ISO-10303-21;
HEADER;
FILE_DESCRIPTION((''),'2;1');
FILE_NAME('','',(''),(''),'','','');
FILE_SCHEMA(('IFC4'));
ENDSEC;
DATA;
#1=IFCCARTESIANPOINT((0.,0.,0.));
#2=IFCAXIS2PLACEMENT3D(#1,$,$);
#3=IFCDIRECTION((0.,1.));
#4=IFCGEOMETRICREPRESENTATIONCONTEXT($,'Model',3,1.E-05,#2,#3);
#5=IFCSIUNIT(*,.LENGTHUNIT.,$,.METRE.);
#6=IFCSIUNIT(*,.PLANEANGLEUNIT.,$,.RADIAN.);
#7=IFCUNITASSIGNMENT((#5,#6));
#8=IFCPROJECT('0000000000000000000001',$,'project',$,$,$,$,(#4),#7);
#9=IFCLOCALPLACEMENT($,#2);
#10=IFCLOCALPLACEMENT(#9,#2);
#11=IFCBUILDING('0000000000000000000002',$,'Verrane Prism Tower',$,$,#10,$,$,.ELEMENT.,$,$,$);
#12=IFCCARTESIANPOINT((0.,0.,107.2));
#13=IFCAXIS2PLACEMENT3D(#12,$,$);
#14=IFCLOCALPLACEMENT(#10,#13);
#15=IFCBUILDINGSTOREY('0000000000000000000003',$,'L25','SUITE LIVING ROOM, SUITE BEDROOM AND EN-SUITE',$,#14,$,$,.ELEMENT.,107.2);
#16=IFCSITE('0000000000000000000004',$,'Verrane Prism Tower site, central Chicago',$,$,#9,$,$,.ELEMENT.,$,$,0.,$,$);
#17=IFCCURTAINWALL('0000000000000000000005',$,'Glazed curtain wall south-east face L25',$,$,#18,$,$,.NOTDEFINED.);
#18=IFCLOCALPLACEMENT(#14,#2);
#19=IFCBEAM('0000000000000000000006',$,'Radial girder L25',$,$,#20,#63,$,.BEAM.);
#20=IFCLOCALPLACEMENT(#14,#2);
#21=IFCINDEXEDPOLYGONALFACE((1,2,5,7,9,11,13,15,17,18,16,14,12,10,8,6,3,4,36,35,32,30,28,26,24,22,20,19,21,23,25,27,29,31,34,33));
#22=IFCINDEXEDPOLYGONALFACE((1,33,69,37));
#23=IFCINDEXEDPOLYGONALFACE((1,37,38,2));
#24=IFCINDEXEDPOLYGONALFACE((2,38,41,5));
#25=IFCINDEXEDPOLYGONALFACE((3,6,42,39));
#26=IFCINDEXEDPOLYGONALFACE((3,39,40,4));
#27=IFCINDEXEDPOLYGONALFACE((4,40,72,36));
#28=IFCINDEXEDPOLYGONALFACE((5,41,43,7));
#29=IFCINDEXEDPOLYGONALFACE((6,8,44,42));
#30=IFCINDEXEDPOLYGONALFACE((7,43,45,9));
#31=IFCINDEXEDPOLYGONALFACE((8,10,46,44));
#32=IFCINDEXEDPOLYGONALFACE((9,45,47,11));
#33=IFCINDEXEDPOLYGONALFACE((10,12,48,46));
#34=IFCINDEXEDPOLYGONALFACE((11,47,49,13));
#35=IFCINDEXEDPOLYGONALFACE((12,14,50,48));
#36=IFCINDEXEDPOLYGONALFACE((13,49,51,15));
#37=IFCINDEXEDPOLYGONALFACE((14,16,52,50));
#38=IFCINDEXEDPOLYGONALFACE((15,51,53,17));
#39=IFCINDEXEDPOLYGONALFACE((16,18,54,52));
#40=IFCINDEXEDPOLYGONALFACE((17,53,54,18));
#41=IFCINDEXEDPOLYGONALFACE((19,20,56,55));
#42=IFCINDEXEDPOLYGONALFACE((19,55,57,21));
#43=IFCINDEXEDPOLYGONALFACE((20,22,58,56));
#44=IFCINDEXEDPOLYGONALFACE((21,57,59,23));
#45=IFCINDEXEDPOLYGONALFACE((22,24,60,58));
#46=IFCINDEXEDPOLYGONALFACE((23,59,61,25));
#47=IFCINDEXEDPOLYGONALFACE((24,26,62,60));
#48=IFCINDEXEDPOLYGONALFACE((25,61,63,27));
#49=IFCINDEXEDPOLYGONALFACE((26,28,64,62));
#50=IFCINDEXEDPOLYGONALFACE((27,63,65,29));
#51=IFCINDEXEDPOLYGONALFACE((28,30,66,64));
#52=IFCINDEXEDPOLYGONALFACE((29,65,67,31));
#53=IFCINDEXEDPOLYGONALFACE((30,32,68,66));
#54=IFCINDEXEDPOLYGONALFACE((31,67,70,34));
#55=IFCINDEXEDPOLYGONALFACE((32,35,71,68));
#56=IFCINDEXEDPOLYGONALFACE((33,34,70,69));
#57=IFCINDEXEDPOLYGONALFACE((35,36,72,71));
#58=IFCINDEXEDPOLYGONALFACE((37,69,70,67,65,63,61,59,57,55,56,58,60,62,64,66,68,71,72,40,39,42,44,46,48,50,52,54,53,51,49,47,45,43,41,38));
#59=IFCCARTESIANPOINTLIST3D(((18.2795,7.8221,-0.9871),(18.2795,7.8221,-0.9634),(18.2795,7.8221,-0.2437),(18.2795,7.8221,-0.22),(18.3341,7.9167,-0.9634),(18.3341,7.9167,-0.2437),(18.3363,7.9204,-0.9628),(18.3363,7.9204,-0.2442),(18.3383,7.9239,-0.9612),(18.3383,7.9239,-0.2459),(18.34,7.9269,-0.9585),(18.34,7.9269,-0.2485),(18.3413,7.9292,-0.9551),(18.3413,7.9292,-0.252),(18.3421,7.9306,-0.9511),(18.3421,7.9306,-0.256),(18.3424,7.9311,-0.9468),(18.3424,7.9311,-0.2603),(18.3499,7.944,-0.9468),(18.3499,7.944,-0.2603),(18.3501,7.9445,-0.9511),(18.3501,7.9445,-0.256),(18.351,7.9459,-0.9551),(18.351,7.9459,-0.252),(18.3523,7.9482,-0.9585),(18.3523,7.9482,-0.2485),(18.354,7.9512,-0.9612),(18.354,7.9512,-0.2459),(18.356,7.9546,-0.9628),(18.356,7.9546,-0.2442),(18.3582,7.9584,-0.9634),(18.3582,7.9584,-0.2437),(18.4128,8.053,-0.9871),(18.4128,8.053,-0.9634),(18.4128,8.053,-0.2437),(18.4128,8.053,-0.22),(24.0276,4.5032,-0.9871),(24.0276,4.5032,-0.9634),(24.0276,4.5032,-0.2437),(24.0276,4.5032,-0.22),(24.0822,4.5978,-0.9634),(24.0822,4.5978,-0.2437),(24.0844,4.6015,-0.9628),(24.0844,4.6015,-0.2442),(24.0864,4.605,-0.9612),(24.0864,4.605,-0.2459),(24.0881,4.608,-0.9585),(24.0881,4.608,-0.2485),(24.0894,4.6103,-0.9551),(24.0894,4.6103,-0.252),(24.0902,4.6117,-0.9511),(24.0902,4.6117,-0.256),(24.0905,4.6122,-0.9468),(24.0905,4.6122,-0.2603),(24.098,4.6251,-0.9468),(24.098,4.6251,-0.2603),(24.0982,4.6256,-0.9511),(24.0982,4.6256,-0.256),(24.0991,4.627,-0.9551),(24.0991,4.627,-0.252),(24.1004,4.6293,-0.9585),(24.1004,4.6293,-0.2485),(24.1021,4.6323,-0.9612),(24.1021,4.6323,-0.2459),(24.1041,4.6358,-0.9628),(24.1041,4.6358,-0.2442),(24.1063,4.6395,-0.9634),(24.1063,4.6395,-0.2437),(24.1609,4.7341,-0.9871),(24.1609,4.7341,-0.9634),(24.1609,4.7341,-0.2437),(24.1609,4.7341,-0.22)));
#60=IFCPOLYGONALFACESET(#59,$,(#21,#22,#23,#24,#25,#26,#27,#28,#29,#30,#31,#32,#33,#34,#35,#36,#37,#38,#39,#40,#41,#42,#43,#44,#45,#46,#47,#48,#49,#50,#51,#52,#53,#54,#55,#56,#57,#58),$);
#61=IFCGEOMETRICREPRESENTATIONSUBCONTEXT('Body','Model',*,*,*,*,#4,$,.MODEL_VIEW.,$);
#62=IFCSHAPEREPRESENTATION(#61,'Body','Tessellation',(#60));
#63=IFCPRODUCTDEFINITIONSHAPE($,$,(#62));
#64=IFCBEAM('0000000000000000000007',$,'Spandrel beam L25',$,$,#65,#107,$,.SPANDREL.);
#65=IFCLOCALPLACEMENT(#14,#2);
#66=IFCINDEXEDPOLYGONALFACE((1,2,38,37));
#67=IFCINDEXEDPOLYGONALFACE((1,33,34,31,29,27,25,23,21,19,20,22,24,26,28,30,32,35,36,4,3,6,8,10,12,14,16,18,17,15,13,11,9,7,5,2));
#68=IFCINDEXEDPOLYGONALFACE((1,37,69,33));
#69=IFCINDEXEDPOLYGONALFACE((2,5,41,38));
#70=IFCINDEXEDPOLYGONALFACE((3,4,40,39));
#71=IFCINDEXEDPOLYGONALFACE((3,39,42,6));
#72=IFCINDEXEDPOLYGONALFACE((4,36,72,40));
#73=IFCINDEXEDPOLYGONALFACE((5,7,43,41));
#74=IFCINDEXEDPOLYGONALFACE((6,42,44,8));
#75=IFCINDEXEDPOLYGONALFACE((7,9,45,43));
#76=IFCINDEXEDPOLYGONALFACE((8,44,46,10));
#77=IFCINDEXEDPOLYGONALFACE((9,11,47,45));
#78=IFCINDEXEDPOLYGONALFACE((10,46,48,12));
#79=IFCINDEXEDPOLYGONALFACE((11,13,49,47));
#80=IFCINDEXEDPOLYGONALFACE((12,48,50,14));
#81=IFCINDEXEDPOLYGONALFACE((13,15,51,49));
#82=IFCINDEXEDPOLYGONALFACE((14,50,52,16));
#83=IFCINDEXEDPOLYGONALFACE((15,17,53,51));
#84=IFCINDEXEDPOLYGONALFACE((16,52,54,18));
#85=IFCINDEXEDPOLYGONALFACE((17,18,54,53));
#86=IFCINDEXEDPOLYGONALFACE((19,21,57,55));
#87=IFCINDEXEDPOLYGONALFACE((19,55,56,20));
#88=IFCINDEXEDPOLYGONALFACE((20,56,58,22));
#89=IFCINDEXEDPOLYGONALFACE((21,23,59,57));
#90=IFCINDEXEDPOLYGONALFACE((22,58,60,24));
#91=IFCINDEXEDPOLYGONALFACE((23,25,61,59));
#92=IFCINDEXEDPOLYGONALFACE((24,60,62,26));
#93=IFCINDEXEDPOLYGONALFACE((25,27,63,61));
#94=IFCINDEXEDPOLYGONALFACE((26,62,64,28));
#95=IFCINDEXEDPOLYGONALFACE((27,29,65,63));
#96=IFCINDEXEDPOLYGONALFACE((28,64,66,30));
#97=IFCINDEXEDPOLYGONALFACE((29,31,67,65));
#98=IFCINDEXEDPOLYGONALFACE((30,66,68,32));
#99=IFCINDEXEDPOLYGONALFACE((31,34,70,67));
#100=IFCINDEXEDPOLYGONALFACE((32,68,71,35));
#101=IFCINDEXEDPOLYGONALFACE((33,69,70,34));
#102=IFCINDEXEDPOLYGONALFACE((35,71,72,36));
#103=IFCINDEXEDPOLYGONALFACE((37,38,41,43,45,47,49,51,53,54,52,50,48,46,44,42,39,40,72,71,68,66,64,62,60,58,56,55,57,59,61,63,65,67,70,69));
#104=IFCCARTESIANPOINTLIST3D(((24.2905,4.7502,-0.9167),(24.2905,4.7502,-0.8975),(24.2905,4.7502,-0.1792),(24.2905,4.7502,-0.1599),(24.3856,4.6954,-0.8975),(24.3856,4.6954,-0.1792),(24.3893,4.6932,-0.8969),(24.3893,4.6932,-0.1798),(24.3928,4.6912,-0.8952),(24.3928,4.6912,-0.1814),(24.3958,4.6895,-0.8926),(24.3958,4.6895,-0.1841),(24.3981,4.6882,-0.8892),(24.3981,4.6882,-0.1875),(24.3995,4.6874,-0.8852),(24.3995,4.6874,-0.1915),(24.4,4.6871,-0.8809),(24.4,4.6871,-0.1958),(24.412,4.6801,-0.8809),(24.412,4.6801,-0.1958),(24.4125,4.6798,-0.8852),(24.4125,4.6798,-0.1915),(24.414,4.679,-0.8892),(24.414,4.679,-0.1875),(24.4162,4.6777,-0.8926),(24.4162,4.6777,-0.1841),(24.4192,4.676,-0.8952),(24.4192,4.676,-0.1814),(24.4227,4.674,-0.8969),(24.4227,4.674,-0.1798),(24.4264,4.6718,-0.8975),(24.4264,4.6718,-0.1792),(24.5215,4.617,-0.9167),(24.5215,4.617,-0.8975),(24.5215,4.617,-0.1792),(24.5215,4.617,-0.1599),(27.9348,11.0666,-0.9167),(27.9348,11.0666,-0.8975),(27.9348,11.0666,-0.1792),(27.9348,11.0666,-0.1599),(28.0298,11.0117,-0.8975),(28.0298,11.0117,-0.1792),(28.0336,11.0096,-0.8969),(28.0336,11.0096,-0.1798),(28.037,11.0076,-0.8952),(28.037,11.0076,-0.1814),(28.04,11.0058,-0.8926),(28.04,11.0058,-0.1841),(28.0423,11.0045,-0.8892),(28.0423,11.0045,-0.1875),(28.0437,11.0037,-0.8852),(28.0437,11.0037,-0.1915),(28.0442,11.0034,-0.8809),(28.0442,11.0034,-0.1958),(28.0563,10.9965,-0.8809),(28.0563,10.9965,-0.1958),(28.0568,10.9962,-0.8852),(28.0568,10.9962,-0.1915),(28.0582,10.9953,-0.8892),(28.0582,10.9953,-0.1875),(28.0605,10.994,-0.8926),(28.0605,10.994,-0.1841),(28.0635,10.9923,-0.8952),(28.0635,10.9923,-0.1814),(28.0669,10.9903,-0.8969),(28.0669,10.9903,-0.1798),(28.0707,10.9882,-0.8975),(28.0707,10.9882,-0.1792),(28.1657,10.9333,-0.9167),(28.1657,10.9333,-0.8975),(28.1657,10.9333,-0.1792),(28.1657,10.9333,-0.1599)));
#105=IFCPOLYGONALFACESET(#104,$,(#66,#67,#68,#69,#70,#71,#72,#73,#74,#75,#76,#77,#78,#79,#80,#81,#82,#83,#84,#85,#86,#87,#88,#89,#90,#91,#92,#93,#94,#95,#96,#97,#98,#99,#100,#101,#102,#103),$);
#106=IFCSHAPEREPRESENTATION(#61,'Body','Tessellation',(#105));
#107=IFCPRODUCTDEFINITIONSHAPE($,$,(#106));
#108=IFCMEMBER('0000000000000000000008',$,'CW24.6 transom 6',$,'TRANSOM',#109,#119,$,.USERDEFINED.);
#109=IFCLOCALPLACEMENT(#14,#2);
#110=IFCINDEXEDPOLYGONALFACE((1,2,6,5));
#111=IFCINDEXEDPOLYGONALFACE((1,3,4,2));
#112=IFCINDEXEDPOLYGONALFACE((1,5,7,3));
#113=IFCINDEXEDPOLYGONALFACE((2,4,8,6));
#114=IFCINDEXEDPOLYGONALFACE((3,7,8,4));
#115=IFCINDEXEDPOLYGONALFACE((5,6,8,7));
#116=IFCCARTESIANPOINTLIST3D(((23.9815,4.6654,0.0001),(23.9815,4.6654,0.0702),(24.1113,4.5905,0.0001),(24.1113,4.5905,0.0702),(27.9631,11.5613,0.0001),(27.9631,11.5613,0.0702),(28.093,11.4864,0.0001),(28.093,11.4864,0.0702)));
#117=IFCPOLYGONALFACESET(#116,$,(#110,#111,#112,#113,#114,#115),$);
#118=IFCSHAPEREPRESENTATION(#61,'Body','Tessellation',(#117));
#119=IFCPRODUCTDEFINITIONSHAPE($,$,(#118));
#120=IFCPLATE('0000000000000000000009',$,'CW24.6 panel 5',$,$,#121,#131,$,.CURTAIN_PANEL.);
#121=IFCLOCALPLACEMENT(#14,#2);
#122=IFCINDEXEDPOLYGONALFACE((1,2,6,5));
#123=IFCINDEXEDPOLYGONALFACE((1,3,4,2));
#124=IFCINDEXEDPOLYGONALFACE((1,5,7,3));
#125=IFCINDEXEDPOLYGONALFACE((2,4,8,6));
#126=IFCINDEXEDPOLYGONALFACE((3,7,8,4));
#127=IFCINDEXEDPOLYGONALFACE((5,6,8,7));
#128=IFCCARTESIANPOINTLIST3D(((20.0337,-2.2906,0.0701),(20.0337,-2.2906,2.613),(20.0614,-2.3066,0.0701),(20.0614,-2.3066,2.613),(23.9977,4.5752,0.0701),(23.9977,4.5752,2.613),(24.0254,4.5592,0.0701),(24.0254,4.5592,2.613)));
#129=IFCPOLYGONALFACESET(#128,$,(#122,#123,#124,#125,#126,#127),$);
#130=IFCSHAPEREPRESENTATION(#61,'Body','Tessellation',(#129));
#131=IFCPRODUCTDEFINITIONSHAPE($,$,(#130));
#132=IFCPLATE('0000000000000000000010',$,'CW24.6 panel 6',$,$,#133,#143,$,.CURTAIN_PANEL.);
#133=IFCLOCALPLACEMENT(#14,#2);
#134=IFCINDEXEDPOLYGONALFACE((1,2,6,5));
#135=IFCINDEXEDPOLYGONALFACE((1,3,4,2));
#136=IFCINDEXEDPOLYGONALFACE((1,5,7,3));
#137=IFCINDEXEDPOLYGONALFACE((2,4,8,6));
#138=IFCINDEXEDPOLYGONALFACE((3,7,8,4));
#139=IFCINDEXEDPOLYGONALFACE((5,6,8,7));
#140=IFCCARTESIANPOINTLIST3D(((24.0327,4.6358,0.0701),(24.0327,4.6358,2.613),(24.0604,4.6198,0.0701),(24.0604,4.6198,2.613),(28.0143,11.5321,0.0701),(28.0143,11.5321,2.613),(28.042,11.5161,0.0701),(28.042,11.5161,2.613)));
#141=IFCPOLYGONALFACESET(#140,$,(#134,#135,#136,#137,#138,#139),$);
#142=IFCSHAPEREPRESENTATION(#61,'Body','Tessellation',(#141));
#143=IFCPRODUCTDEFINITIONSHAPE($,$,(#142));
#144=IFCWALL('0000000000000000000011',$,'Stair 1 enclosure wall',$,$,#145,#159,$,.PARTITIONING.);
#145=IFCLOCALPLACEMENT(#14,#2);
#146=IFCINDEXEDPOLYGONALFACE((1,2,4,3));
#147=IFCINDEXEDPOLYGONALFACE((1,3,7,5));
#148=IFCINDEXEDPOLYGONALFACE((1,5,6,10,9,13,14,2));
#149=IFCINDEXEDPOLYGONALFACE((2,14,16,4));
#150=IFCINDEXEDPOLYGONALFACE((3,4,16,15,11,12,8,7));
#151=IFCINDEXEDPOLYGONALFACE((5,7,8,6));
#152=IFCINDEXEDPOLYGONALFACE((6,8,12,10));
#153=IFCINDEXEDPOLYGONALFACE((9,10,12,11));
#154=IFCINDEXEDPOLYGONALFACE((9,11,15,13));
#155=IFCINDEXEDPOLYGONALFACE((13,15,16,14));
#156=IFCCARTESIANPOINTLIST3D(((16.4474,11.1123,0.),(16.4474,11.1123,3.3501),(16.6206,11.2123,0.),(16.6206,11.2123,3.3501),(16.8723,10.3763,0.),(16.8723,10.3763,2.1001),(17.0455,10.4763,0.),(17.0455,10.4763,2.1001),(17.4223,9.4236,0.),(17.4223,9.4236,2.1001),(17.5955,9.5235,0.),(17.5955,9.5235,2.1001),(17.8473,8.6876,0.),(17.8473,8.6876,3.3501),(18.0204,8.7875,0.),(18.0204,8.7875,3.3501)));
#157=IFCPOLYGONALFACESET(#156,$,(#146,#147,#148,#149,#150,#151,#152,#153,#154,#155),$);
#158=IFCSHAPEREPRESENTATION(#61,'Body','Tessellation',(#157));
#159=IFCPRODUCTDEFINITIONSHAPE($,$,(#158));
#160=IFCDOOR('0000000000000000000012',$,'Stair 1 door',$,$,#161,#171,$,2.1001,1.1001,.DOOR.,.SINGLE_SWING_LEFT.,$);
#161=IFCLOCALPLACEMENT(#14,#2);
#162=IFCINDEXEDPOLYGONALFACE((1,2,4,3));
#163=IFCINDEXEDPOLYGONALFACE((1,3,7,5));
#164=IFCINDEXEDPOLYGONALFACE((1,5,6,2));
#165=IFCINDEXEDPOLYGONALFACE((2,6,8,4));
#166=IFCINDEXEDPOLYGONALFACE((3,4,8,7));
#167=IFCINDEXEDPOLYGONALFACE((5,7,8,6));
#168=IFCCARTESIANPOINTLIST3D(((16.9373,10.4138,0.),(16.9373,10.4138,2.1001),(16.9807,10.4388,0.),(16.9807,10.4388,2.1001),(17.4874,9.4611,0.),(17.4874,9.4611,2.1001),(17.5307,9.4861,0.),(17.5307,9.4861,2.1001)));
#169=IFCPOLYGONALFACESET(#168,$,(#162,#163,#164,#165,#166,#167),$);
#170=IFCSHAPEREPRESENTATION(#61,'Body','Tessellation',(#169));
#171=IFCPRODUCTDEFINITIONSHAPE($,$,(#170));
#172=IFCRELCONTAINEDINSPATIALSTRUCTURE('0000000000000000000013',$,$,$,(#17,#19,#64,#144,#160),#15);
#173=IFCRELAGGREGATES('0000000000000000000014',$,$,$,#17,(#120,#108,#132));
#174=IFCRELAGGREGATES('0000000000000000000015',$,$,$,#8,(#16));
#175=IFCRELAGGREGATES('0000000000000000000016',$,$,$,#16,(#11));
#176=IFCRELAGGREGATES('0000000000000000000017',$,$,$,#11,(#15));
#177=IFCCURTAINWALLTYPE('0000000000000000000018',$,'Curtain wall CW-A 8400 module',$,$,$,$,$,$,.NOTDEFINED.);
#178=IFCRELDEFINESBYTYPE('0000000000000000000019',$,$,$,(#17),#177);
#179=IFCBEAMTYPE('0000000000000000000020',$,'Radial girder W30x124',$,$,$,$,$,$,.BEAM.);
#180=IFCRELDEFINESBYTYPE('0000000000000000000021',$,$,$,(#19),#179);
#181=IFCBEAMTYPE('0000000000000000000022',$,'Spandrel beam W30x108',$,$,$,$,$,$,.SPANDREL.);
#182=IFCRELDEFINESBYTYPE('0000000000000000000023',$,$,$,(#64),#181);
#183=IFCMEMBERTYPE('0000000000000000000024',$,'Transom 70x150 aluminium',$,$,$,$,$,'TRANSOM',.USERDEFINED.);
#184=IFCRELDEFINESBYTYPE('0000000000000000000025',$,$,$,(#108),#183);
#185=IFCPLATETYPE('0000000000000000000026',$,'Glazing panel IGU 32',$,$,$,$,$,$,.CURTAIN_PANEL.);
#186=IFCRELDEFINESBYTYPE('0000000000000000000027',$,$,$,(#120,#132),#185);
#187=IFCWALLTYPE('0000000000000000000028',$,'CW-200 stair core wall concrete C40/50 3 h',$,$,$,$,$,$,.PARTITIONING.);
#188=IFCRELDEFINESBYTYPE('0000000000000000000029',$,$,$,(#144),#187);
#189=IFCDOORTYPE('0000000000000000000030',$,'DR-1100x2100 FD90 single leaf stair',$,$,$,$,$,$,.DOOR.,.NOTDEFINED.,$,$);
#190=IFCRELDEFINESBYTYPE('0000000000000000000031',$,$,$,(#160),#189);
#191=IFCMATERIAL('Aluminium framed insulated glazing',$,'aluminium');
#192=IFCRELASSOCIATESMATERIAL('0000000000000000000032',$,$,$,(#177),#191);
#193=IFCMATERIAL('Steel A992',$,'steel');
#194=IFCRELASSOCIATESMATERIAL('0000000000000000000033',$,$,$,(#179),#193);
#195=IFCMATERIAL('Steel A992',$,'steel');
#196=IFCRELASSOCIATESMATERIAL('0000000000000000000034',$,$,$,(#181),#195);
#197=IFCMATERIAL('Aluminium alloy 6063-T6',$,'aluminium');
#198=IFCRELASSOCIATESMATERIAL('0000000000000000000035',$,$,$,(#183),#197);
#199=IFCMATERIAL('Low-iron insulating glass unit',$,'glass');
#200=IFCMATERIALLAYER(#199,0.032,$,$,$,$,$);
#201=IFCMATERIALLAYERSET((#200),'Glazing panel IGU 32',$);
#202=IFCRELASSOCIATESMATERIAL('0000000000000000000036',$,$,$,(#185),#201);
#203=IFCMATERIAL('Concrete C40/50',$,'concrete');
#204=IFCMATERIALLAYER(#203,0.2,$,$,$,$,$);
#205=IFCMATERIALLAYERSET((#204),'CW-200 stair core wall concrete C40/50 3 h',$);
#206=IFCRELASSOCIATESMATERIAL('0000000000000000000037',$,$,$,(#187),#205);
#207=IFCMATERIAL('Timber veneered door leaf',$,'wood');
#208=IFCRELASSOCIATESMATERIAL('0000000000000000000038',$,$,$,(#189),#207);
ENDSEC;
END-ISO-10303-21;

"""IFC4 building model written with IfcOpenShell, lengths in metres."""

from ifc_helpers import new_model, si_unit, direction, frame, frame_2d, origin, origin_2d, place, context, subcontext, project, spatial, rectangle, i_section, extrude, material, layer, layer_set, material_profile, profile_set, type_object, element, fill, aggregate, save


model = new_model("IFC4")

# Units and contexts
model_context = context("Model", 3, precision=1e-05, world=origin(), true_north=direction((0.0, 1.0)))
body_context = subcontext(model_context, "Body", "Model", "MODEL_VIEW")
ifc_project = project(units=[si_unit("LENGTHUNIT", "METRE"), si_unit("PLANEANGLEUNIT", "RADIAN")], contexts=[model_context])

# Site, building, storey
site_placement = place(None, origin())
site = spatial("IfcSite", under=ifc_project, at=site_placement, Name="Verrane Prism Tower site, central Chicago", CompositionType="ELEMENT", RefElevation=0.0)
building_placement = place(site_placement, origin())
building = spatial("IfcBuilding", under=site, at=building_placement, Name="Verrane Prism Tower", CompositionType="ELEMENT")
storey_placement = place(building_placement, frame((0.0, 0.0, 107.2)))
storey = spatial("IfcBuildingStorey", under=building, at=storey_placement, Name="L25", Description="SUITE LIVING ROOM, SUITE BEDROOM AND EN-SUITE", CompositionType="ELEMENT", Elevation=107.2)

# Curtain wall
ifc_material_1 = material(Name="Aluminium framed insulated glazing", Category="aluminium")
curtain_wall_type = type_object("IfcCurtainWallType", Name="Curtain wall CW-A 8400 module", PredefinedType="NOTDEFINED", material=ifc_material_1)
curtain_wall_placement = place(storey_placement, origin())
curtain_wall = element("IfcCurtainWall", 1, at=curtain_wall_placement, inside=storey, type_object=curtain_wall_type, Name="Glazed curtain wall south-east face L25", PredefinedType="NOTDEFINED")

# Beams
ifc_material_2 = material(Name="Steel A992", Category="steel")
ifc_material_profile_1 = material_profile(ifc_material_2, i_section(OverallWidth=0.2666, OverallDepth=0.7671, WebThickness=0.0149, FlangeThickness=0.0237, FilletRadius=0.0166, at=origin_2d()), Name="W30x124")
ifc_profile_set_1 = profile_set([ifc_material_profile_1], Name="Steel A992")
beam_type_1 = type_object("IfcBeamType", Name="Radial girder W30x124", PredefinedType="BEAM", material=ifc_profile_set_1)
beam_1_placement = place(storey_placement, frame((24.0942, 4.6187, -0.6035), z_axis=(-0.866012, 0.500024, 0.0), x_axis=(-0.500024, -0.866012, 0.0)))
element("IfcBeam", 2, at=beam_1_placement, inside=storey, type_object=beam_type_1, Name="Radial girder L25", PredefinedType="BEAM", context=body_context, shape_type="SweptSolid", body=[
    extrude(i_section(OverallWidth=0.2666, OverallDepth=0.7671, WebThickness=0.0149, FlangeThickness=0.0237, FilletRadius=0.0166, at=origin_2d()), origin(), (0.0, 0.0, 1.0), 6.6375),
])
ifc_material_3 = material(Name="Steel A992", Category="steel")
ifc_material_profile_2 = material_profile(ifc_material_3, i_section(OverallWidth=0.2666, OverallDepth=0.7568, WebThickness=0.0139, FlangeThickness=0.0193, FilletRadius=0.0166, at=origin_2d()), Name="W30x108")
ifc_profile_set_2 = profile_set([ifc_material_profile_2], Name="Steel A992")
beam_type_2 = type_object("IfcBeamType", Name="Spandrel beam W30x108", PredefinedType="SPANDREL", material=ifc_profile_set_2)
beam_2_placement = place(storey_placement, frame((24.406, 4.6836, -0.5383), z_axis=(0.499744, 0.866173, 0.0), x_axis=(-0.866173, 0.499744, 0.0)))
element("IfcBeam", 3, at=beam_2_placement, inside=storey, type_object=beam_type_2, Name="Spandrel beam L25", PredefinedType="SPANDREL", context=body_context, shape_type="SweptSolid", body=[
    extrude(i_section(OverallWidth=0.2666, OverallDepth=0.7568, WebThickness=0.0139, FlangeThickness=0.0193, FilletRadius=0.0166, at=origin_2d()), origin(), (0.0, 0.0, 1.0), 7.2922),
])

# Member
ifc_material_4 = material(Name="Aluminium alloy 6063-T6", Category="aluminium")
ifc_material_profile_3 = material_profile(ifc_material_4, rectangle(XDim=0.1499, YDim=0.0701, at=origin_2d()), Name="Transom 70x150 aluminium")
ifc_profile_set_3 = profile_set([ifc_material_profile_3], Name="Aluminium alloy 6063-T6")
member_type_1 = type_object("IfcMemberType", Name="Transom 70x150 aluminium", ElementType="TRANSOM", PredefinedType="USERDEFINED", material=ifc_profile_set_3)
member_1_placement = place(storey_placement, frame((24.0464, 4.6279, 0.0352), z_axis=(0.500027, 0.86601, 0.0), x_axis=(-0.86601, 0.500027, 0.0)))
member_1 = element("IfcMember", 4, at=member_1_placement, type_object=member_type_1, Name="CW24.6 transom 6", ObjectType="TRANSOM", PredefinedType="USERDEFINED", context=body_context, shape_type="SweptSolid", body=[
    extrude(rectangle(XDim=0.1499, YDim=0.0701, at=origin_2d()), origin(), (0.0, 0.0, 1.0), 7.9629),
])

# Plates
ifc_material_5 = material(Name="Low-iron insulating glass unit", Category="glass")
ifc_layer_1 = layer(ifc_material_5, 0.032)
ifc_layer_set_1 = layer_set([ifc_layer_1], Name="Glazing panel IGU 32")
plate_type = type_object("IfcPlateType", Name="Glazing panel IGU 32", PredefinedType="CURTAIN_PANEL", material=ifc_layer_set_1)
plate_1_placement = place(storey_placement, frame((22.0295, 1.1343, 0.0701), z_axis=(0.0, 0.0, 1.0), x_axis=(0.5, 0.866025, 0.0)))
plate_1 = element("IfcPlate", 5, at=plate_1_placement, type_object=plate_type, Name="CW24.6 panel 5", PredefinedType="CURTAIN_PANEL", context=body_context, shape_type="SweptSolid", body=[
    extrude(rectangle(XDim=7.928, YDim=0.032, at=origin_2d()), origin(), (0.0, 0.0, 1.0), 2.543),
])
plate_2_placement = place(storey_placement, frame((26.0374, 8.0759, 0.0701), z_axis=(0.0, 0.0, 1.0), x_axis=(0.5, 0.866025, 0.0)))
plate_2 = element("IfcPlate", 6, at=plate_2_placement, type_object=plate_type, Name="CW24.6 panel 6", PredefinedType="CURTAIN_PANEL", context=body_context, shape_type="SweptSolid", body=[
    extrude(rectangle(XDim=7.9631, YDim=0.032, at=origin_2d()), origin(), (0.0, 0.0, 1.0), 2.543),
])
aggregate(curtain_wall, [plate_1, member_1, plate_2])

# Wall, opening, door
ifc_material_6 = material(Name="Concrete C40/50", Category="concrete")
ifc_layer_2 = layer(ifc_material_6, 0.2)
ifc_layer_set_2 = layer_set([ifc_layer_2], Name="CW-200 stair core wall concrete C40/50 3 h")
wall_type_1 = type_object("IfcWallType", Name="CW-200 stair core wall concrete C40/50 3 h", PredefinedType="PARTITIONING", material=ifc_layer_set_2)
wall_1_placement = place(storey_placement, frame((17.9338, 8.7375, 0.0), z_axis=(0.0, 0.0, 1.0), x_axis=(-0.499984, 0.866035, 0.0)))
wall_1 = element("IfcWall", 7, at=wall_1_placement, inside=storey, type_object=wall_type_1, Name="Stair 1 enclosure wall", PredefinedType="PARTITIONING", context=body_context, shape_type="SweptSolid", body=[
    extrude(rectangle(XDim=2.7998, YDim=0.2, at=frame_2d((1.3999, 0.0))), origin(), (0.0, 0.0, 1.0), 3.3501),
])
opening_1_placement = place(wall_1_placement, frame((0.8499, 0.0, 0.0)))
opening_1 = element("IfcOpeningElement", 8, at=opening_1_placement, cuts=wall_1, PredefinedType="OPENING", context=body_context, shape_type="SweptSolid", body=[
    extrude(rectangle(XDim=1.1001, YDim=2.1001, at=frame_2d((0.55, 1.05))), frame((0.0, 0.1099, 0.0), z_axis=(0.0, -1.0, 0.0), x_axis=(1.0, 0.0, 0.0)), (0.0, 0.0, 1.0), 0.22),
])
ifc_material_7 = material(Name="Timber veneered door leaf", Category="wood")
door_type_1 = type_object("IfcDoorType", Name="DR-1100x2100 FD90 single leaf stair", OperationType="NOTDEFINED", PredefinedType="DOOR", material=ifc_material_7)
door_1_placement = place(opening_1_placement, origin())
door_1 = element("IfcDoor", 9, at=door_1_placement, inside=storey, type_object=door_type_1, Name="Stair 1 door", OperationType="SINGLE_SWING_LEFT", OverallHeight=2.1001, OverallWidth=1.1001, PredefinedType="DOOR", context=body_context, shape_type="SweptSolid", body=[
    extrude(rectangle(XDim=1.1001, YDim=2.1001, at=frame_2d((0.55, 1.05))), frame((0.0, 0.0249, 0.0), z_axis=(0.0, -1.0, 0.0), x_axis=(1.0, 0.0, 0.0)), (0.0, 0.0, 1.0), 0.05),
])
fill(opening_1, door_1)

save(model, "model.ifc")
